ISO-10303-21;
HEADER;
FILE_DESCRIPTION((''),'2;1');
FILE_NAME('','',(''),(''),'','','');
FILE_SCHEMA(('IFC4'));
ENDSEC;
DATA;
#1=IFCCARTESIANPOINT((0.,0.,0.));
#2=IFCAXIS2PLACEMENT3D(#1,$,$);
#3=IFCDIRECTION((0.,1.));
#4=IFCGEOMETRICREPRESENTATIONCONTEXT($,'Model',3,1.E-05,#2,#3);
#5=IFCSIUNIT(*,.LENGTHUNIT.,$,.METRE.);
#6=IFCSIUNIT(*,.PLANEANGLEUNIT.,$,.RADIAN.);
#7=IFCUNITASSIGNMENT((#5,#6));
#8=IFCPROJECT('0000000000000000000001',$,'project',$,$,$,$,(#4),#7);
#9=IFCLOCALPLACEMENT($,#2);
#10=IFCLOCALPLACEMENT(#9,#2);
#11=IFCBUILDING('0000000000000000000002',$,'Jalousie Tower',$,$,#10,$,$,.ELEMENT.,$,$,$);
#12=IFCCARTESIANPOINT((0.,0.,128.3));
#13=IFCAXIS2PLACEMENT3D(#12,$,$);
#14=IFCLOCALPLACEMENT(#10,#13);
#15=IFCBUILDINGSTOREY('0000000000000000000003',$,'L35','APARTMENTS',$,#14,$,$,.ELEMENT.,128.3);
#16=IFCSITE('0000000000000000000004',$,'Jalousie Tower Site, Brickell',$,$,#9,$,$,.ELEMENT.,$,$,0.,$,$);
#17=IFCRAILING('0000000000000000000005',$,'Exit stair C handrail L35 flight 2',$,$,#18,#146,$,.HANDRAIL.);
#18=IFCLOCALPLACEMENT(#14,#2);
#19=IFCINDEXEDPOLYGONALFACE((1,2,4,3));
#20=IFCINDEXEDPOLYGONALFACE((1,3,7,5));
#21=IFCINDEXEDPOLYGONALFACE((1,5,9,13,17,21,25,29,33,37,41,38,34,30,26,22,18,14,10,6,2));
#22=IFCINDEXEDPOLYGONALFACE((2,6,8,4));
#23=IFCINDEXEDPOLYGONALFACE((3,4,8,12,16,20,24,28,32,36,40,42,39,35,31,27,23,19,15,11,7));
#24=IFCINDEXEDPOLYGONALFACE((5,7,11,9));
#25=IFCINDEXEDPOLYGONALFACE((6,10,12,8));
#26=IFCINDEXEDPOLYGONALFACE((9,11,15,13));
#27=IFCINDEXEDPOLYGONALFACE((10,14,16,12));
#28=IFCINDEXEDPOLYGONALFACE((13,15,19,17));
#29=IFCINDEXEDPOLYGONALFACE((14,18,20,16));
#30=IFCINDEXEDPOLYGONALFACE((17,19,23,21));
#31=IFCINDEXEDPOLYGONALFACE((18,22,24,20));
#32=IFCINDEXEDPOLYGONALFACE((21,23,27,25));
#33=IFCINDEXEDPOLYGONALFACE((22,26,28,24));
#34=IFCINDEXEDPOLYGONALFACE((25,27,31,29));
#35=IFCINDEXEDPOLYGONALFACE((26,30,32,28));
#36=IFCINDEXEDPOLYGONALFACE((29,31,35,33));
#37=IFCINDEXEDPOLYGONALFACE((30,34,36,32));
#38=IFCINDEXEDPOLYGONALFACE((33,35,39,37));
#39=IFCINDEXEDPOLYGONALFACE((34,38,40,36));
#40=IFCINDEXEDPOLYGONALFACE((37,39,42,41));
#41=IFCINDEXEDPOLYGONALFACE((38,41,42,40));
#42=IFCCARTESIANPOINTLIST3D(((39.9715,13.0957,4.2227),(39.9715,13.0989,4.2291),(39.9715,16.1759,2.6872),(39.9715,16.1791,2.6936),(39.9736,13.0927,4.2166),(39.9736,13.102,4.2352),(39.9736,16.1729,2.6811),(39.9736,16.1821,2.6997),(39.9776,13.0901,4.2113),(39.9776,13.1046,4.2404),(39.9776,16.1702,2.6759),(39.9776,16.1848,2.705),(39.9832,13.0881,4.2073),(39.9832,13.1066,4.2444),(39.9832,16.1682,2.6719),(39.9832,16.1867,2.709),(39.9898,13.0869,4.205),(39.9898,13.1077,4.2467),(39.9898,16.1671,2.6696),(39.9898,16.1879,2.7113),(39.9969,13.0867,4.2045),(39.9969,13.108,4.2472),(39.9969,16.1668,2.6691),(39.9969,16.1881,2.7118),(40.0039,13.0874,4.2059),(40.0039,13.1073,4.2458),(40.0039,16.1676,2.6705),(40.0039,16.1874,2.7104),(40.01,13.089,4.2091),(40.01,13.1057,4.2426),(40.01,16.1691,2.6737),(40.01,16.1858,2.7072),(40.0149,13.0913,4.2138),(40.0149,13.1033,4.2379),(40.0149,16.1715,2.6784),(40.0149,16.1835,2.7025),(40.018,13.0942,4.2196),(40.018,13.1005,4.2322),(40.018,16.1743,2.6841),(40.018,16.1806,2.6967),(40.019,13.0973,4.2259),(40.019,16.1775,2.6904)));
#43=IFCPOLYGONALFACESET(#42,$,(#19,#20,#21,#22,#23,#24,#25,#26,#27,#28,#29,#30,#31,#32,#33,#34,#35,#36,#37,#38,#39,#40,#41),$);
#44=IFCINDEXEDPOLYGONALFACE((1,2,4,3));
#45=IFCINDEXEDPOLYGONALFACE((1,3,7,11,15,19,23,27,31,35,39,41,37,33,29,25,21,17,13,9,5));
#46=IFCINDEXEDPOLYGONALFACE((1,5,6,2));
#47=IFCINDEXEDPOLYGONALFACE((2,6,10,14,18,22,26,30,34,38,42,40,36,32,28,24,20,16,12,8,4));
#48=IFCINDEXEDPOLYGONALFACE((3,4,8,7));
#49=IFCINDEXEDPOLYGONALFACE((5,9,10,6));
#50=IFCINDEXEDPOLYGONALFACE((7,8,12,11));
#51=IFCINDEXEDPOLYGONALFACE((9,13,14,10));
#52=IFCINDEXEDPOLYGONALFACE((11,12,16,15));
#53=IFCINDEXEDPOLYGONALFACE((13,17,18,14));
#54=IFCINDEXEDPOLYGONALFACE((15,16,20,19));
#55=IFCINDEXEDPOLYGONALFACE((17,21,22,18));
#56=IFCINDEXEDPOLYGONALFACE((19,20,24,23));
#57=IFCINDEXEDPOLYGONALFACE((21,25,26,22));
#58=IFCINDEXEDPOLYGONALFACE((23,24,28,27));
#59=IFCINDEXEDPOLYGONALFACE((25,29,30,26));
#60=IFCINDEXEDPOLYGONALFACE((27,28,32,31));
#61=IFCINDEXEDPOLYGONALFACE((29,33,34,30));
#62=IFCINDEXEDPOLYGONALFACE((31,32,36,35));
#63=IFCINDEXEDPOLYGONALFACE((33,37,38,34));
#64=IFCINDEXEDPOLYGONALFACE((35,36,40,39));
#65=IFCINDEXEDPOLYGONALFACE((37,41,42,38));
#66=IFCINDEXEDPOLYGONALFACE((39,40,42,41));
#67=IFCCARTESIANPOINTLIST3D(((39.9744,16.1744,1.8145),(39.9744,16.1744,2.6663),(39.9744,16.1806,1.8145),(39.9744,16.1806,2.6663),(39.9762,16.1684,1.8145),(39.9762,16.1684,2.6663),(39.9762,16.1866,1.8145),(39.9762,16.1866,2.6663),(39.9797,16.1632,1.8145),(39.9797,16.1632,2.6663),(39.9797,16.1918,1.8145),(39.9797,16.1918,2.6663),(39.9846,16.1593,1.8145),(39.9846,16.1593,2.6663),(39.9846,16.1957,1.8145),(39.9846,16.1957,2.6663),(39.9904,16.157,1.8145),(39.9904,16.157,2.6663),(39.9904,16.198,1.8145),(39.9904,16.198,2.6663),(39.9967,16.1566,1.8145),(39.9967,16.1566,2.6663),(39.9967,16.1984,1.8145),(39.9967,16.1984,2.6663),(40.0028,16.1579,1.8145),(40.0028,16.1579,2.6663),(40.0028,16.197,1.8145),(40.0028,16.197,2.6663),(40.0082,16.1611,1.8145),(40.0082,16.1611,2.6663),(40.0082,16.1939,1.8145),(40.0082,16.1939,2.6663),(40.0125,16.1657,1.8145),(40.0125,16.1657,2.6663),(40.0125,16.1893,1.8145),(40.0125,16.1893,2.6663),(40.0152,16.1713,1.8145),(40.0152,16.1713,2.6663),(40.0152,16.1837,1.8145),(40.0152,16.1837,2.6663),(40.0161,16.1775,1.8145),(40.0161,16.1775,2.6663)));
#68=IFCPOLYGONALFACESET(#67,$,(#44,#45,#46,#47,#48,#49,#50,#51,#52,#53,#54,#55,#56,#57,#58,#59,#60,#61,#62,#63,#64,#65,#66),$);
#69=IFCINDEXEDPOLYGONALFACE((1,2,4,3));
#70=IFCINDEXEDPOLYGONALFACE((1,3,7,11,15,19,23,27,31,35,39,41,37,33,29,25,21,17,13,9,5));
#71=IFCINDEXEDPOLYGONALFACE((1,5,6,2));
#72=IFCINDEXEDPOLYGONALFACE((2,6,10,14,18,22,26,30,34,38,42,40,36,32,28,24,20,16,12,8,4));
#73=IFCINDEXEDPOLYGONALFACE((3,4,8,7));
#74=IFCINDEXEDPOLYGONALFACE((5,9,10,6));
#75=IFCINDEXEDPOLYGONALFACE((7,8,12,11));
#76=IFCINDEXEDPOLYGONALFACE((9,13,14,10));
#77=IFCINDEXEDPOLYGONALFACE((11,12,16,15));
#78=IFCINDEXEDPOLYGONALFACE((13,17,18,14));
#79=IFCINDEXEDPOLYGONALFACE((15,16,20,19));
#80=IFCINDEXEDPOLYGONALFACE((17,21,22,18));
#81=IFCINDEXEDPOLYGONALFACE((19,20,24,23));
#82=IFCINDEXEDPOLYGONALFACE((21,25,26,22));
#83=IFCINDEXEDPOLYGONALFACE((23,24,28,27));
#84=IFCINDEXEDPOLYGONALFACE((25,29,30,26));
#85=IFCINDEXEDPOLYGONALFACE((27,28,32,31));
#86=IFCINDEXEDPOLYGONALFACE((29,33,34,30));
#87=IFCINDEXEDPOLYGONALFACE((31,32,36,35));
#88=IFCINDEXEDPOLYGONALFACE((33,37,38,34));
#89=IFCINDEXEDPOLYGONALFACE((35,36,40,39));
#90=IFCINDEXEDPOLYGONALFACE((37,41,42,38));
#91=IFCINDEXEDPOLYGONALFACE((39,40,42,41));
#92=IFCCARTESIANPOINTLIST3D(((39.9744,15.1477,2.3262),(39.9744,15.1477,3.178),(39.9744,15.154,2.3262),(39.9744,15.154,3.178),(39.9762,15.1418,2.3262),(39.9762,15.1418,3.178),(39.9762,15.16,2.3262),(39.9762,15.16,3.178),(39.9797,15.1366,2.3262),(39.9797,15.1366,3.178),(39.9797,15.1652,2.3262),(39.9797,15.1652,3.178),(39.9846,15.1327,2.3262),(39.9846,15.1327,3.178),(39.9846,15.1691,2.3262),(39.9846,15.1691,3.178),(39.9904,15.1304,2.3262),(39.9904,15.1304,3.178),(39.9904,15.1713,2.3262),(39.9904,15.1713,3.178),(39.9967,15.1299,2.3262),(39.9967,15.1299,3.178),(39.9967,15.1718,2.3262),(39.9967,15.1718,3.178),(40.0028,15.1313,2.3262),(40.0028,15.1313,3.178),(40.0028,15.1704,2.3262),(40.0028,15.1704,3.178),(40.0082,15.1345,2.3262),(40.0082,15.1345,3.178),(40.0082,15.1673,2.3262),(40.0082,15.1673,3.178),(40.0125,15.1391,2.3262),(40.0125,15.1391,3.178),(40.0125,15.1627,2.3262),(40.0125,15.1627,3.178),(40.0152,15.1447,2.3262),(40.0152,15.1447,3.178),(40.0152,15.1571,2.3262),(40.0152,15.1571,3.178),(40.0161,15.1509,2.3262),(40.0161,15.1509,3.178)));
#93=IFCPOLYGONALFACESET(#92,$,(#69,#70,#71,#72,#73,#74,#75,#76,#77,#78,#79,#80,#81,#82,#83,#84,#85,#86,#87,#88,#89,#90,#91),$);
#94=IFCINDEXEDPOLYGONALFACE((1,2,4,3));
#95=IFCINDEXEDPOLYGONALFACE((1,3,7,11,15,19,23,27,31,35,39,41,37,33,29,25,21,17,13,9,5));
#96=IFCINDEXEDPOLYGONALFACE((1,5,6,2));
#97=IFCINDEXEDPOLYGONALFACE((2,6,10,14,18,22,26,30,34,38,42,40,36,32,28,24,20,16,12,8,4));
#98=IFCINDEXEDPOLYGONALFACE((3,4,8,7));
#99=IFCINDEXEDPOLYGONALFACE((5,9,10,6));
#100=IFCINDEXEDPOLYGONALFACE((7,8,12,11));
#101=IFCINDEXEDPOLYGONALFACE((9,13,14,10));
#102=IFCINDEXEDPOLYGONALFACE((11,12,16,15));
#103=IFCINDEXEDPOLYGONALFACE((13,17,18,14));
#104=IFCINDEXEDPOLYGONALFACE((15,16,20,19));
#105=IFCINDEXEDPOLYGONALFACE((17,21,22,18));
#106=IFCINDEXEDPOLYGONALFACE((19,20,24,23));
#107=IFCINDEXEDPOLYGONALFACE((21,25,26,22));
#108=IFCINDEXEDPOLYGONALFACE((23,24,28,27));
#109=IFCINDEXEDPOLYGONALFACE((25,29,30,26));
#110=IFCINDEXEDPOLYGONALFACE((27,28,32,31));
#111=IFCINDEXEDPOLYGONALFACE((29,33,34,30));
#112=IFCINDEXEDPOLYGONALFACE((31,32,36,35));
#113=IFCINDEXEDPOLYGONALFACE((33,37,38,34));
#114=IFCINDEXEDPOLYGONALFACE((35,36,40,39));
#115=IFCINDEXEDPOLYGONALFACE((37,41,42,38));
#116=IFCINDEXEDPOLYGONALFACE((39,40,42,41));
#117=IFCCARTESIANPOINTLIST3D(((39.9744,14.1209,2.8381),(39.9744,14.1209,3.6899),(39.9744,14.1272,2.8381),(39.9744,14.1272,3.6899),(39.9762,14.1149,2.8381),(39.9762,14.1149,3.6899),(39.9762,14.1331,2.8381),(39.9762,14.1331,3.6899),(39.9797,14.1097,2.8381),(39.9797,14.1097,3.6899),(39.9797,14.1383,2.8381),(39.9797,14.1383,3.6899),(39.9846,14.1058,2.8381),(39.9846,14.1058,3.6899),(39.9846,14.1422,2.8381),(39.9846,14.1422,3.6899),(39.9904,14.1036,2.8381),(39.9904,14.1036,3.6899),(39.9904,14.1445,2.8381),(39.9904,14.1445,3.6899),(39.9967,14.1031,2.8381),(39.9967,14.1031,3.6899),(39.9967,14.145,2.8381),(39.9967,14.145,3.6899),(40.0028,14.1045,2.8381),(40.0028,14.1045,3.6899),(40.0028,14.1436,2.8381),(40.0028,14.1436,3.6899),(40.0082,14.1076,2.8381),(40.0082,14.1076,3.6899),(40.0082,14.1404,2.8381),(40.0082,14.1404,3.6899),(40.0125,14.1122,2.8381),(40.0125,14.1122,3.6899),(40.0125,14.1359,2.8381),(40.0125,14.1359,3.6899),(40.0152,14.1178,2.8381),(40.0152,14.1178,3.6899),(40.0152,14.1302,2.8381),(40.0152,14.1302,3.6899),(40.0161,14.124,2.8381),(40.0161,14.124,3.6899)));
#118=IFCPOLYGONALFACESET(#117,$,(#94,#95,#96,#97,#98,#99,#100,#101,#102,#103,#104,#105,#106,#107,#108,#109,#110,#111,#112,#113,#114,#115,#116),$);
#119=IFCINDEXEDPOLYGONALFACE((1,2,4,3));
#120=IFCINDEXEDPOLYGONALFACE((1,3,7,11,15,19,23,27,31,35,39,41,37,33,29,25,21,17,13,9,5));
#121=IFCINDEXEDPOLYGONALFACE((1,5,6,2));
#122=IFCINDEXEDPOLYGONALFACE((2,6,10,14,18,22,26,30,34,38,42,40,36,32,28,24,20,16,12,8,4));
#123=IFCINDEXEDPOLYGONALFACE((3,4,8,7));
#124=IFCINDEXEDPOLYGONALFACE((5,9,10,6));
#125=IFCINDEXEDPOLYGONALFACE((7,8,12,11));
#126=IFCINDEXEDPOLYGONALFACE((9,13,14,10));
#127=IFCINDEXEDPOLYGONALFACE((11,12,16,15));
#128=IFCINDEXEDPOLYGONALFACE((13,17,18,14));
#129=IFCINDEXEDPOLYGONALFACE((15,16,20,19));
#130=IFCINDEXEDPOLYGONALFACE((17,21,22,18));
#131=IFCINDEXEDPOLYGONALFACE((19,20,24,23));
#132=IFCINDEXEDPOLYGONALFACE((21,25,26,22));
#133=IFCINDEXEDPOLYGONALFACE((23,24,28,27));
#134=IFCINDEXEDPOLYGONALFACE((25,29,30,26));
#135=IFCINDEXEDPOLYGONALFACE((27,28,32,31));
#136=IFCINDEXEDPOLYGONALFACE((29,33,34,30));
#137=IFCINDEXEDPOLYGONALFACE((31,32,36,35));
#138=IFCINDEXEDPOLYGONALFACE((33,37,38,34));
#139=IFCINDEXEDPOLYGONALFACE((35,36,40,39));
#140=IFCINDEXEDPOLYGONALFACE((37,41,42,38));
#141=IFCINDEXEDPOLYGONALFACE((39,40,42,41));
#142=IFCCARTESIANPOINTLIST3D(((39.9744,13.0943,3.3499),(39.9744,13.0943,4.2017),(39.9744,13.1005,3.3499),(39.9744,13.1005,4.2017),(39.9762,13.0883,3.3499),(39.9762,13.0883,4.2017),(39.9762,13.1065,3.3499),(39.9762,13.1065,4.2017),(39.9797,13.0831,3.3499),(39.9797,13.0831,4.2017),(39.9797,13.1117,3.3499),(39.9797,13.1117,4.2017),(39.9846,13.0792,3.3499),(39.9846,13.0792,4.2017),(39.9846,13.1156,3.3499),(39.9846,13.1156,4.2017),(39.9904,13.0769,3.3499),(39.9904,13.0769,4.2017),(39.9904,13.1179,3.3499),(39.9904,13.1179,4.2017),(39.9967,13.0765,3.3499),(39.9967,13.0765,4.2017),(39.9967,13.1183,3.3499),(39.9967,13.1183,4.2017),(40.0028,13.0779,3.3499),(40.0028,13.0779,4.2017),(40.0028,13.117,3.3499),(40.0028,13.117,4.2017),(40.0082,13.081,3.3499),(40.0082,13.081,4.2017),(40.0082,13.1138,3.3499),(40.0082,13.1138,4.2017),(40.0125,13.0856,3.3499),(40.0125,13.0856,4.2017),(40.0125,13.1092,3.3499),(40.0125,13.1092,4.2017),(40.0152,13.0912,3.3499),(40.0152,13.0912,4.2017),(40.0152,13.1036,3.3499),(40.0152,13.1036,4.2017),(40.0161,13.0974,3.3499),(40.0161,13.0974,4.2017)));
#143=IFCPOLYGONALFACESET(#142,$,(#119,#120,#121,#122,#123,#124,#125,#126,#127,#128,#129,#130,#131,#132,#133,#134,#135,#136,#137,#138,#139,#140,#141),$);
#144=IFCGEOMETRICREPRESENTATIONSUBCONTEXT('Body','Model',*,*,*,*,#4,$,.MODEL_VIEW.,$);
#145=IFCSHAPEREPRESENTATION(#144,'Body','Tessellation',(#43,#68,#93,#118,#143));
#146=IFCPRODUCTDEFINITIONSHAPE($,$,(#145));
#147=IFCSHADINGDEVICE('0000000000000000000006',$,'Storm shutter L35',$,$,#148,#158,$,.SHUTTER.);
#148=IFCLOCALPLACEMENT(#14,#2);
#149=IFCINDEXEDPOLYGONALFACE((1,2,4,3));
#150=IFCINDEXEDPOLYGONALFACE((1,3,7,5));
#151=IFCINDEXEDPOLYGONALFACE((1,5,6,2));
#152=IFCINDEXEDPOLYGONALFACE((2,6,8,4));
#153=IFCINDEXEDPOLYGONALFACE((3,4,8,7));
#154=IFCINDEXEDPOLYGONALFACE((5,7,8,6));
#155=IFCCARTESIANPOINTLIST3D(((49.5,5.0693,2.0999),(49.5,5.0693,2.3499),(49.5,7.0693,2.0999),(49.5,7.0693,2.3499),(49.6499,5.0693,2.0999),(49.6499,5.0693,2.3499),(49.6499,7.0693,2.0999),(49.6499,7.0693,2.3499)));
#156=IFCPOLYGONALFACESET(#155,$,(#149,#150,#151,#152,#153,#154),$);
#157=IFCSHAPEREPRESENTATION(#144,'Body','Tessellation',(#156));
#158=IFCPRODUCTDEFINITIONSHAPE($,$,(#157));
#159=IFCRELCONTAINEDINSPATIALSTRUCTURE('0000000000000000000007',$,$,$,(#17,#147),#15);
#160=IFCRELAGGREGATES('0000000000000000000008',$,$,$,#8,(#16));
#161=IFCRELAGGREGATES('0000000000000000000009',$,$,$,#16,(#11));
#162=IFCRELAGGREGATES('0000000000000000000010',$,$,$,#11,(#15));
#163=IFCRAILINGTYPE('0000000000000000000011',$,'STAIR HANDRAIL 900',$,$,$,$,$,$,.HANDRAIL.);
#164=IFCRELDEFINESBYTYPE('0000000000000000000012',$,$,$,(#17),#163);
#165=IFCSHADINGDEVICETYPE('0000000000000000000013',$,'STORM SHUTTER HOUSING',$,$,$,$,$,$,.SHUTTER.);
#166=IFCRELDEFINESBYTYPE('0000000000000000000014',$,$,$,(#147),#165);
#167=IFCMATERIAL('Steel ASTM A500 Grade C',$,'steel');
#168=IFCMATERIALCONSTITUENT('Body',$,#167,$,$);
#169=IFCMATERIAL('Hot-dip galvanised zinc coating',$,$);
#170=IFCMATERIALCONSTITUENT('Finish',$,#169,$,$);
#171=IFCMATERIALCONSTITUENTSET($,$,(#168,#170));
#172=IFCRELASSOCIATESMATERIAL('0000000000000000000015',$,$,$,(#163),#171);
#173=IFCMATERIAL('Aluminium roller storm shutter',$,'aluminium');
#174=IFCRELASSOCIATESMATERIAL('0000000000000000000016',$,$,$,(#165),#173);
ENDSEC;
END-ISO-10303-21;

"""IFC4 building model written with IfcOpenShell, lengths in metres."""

from ifc_helpers import new_model, si_unit, direction, frame, origin, origin_2d, place, context, subcontext, project, spatial, rectangle, circle, extrude, material, constituent, constituent_set, type_object, element, save


model = new_model("IFC4")

# Units and contexts
model_context = context("Model", 3, precision=1e-05, world=origin(), true_north=direction((0.0, 1.0)))
body_context = subcontext(model_context, "Body", "Model", "MODEL_VIEW")
ifc_project = project(units=[si_unit("LENGTHUNIT", "METRE"), si_unit("PLANEANGLEUNIT", "RADIAN")], contexts=[model_context])

# Site, building, storey
site_placement = place(None, origin())
site = spatial("IfcSite", under=ifc_project, at=site_placement, Name="Jalousie Tower Site, Brickell", CompositionType="ELEMENT", RefElevation=0.0)
building_placement = place(site_placement, origin())
building = spatial("IfcBuilding", under=site, at=building_placement, Name="Jalousie Tower", CompositionType="ELEMENT")
storey_placement = place(building_placement, frame((0.0, 0.0, 128.3)))
storey = spatial("IfcBuildingStorey", under=building, at=storey_placement, Name="L35", Description="APARTMENTS", CompositionType="ELEMENT", Elevation=128.3)

# Railing
ifc_material_1 = material(Name="Steel ASTM A500 Grade C", Category="steel")
ifc_constituent_1 = constituent(ifc_material_1, Name="Body")
ifc_material_2 = material(Name="Hot-dip galvanised zinc coating")
ifc_constituent_2 = constituent(ifc_material_2, Name="Finish")
ifc_constituent_set_1 = constituent_set(constituents=[ifc_constituent_1, ifc_constituent_2])
railing_type = type_object("IfcRailingType", Name="STAIR HANDRAIL 900", PredefinedType="HANDRAIL", material=ifc_constituent_set_1)
railing_placement = place(storey_placement, frame((39.9951, 16.1775, 1.8145)))
element("IfcRailing", 1, at=railing_placement, inside=storey, type_object=railing_type, Name="Exit stair C handrail L35 flight 2", PredefinedType="HANDRAIL", context=body_context, shape_type="SweptSolid", body=[
    extrude(circle(Radius=0.0239, at=origin_2d()), frame((0.0, 0.0, 0.876), z_axis=(0.0, -0.894966, 0.446135), x_axis=(1.0, 0.0, 0.0)), (0.0, 0.0, 1.0), 3.4417),
    extrude(circle(Radius=0.021, at=origin_2d()), origin(), (0.0, 0.0, 1.0), 0.8518),
    extrude(circle(Radius=0.021, at=origin_2d()), frame((0.0, -1.0266, 0.5117)), (0.0, 0.0, 1.0), 0.8518),
    extrude(circle(Radius=0.021, at=origin_2d()), frame((0.0, -2.0535, 1.0237)), (0.0, 0.0, 1.0), 0.8518),
    extrude(circle(Radius=0.021, at=origin_2d()), frame((0.0, -3.0801, 1.5354)), (0.0, 0.0, 1.0), 0.8518),
])

# Shading device
ifc_material_3 = material(Name="Aluminium roller storm shutter", Category="aluminium")
shading_device_type = type_object("IfcShadingDeviceType", Name="STORM SHUTTER HOUSING", PredefinedType="SHUTTER", material=ifc_material_3)
shading_device_placement = place(storey_placement, frame((49.575, 6.0693, 2.0999), z_axis=(0.0, 0.0, 1.0), x_axis=(0.0, 1.0, 0.0)))
element("IfcShadingDevice", 2, at=shading_device_placement, inside=storey, type_object=shading_device_type, Name="Storm shutter L35", PredefinedType="SHUTTER", context=body_context, shape_type="SweptSolid", body=[
    extrude(rectangle(XDim=2.0, YDim=0.1499, at=origin_2d()), origin(), (0.0, 0.0, 1.0), 0.25),
])

save(model, "model.ifc")
